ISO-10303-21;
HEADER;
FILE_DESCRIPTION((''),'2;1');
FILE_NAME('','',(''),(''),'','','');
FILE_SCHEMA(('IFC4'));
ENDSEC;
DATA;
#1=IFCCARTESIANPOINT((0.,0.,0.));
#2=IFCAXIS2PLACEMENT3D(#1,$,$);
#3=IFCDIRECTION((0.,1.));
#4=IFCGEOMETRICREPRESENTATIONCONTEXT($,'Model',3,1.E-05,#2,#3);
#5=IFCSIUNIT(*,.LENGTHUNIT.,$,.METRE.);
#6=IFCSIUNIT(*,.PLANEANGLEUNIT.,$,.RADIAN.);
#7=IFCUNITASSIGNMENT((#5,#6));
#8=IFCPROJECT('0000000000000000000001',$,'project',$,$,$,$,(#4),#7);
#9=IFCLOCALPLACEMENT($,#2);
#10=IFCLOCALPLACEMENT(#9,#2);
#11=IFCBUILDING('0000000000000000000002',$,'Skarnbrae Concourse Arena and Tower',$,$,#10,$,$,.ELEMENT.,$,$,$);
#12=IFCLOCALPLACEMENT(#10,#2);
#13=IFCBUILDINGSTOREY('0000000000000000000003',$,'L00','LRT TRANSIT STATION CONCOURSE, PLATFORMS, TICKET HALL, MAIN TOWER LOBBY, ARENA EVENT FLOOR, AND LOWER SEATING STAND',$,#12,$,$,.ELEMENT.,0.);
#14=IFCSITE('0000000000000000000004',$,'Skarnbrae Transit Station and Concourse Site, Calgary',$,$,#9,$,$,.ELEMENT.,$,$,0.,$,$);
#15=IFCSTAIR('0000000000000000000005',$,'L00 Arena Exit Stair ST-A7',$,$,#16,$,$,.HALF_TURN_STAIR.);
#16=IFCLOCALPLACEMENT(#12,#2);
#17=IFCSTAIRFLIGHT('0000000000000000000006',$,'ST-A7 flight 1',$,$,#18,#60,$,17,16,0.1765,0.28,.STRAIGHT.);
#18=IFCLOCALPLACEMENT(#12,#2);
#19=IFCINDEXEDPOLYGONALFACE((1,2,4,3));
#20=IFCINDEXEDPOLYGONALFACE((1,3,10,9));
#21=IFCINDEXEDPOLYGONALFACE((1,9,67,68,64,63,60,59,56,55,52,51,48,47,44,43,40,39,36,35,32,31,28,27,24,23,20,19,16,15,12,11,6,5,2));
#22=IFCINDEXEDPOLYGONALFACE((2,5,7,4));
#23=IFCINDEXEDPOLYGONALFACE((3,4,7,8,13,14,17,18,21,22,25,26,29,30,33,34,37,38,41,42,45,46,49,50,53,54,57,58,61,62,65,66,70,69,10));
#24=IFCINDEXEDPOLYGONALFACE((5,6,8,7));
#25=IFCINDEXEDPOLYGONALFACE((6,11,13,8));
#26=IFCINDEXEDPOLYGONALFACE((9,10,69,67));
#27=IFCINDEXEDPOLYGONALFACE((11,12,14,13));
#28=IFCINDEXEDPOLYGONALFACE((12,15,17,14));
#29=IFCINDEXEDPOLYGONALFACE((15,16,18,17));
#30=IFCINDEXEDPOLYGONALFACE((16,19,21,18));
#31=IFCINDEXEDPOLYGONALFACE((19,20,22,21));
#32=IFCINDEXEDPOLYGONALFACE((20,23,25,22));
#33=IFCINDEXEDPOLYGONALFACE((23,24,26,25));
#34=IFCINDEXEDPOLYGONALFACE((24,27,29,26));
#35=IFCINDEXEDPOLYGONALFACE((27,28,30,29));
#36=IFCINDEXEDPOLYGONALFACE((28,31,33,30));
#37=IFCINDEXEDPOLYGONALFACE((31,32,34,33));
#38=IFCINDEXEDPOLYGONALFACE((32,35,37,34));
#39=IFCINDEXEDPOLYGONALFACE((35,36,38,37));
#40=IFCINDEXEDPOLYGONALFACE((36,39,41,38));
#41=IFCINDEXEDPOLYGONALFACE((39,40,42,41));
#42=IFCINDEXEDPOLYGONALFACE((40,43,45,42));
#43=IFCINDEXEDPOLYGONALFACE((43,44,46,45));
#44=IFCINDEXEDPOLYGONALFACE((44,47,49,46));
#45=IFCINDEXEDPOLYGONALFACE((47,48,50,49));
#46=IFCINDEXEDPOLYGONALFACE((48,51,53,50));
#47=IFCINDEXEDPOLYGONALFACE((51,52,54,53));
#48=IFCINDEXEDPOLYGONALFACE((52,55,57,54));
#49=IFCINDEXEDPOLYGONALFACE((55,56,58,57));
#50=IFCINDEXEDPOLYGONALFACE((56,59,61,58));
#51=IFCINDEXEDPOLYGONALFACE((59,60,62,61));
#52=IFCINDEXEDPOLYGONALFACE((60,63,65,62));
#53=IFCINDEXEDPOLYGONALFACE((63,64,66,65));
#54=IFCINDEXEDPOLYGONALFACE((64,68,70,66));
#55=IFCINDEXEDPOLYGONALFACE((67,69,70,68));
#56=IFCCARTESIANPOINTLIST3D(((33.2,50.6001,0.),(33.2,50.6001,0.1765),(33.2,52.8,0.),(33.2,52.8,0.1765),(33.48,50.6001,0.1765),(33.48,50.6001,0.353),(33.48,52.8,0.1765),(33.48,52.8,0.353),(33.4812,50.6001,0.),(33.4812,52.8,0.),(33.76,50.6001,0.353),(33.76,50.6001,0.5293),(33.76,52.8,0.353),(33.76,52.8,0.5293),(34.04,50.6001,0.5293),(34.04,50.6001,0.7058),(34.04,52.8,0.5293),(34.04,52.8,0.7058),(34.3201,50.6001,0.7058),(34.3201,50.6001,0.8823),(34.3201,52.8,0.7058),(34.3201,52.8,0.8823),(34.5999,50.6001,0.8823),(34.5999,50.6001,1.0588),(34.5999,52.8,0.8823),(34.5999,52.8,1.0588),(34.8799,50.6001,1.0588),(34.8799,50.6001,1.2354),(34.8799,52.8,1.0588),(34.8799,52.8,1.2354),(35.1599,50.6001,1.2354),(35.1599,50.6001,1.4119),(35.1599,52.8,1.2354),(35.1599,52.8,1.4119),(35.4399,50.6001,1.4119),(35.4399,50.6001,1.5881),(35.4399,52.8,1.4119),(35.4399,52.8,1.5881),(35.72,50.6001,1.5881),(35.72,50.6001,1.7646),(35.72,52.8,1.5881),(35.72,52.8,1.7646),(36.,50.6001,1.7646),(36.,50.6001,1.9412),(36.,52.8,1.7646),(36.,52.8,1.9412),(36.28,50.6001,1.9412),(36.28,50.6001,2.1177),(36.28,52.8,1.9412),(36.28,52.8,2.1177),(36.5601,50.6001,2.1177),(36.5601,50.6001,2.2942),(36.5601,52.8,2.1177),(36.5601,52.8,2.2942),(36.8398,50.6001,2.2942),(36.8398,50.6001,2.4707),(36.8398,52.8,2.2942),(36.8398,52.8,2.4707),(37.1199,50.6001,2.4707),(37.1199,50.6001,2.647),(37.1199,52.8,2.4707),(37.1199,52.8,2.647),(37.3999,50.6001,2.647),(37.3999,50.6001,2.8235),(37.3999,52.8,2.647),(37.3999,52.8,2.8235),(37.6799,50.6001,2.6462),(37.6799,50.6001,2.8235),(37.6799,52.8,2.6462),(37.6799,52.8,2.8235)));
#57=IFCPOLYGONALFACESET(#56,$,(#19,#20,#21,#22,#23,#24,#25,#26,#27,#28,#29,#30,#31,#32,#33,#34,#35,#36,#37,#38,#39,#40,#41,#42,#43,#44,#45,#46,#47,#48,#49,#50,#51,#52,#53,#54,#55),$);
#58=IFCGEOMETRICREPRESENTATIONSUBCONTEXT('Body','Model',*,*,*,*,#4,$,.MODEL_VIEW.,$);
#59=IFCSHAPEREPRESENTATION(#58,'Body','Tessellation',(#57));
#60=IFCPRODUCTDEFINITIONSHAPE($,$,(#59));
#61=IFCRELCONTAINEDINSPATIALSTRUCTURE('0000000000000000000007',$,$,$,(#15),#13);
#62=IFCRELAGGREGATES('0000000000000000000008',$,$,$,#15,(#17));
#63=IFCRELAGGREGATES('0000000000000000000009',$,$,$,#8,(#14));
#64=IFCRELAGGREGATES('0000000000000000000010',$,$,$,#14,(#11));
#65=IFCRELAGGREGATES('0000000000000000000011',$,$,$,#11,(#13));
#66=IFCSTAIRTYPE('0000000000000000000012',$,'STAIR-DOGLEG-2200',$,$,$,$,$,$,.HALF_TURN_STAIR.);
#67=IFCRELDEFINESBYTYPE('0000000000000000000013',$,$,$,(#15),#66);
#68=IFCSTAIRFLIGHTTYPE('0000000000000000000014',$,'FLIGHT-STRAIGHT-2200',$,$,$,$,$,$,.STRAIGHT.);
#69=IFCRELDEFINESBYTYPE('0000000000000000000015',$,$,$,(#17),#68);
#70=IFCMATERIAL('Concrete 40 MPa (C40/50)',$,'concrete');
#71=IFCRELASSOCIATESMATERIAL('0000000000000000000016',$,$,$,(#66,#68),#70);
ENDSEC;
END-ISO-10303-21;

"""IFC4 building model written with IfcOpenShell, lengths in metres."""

from ifc_helpers import new_model, si_unit, direction, frame, origin, place, context, subcontext, project, spatial, polyline, outline, extrude, source, transform, mapped, material, type_object, element, aggregate, save


model = new_model("IFC4")

# Units and contexts
model_context = context("Model", 3, precision=1e-05, world=origin(), true_north=direction((0.0, 1.0)))
body_context = subcontext(model_context, "Body", "Model", "MODEL_VIEW")
ifc_project = project(units=[si_unit("LENGTHUNIT", "METRE"), si_unit("PLANEANGLEUNIT", "RADIAN")], contexts=[model_context])

# Site, building, storey
site_placement = place(None, origin())
site = spatial("IfcSite", under=ifc_project, at=site_placement, Name="Skarnbrae Transit Station and Concourse Site, Calgary", CompositionType="ELEMENT", RefElevation=0.0)
building_placement = place(site_placement, origin())
building = spatial("IfcBuilding", under=site, at=building_placement, Name="Skarnbrae Concourse Arena and Tower", CompositionType="ELEMENT")
storey_placement = place(building_placement, origin())
storey = spatial("IfcBuildingStorey", under=building, at=storey_placement, Name="L00", Description="LRT TRANSIT STATION CONCOURSE, PLATFORMS, TICKET HALL, MAIN TOWER LOBBY, ARENA EVENT FLOOR, AND LOWER SEATING STAND", CompositionType="ELEMENT", Elevation=0.0)

# Shared definitions
ifc_material_1 = material(Name="Concrete 40 MPa (C40/50)", Category="concrete")
stair_type = type_object("IfcStairType", Name="STAIR-DOGLEG-2200", PredefinedType="HALF_TURN_STAIR", material=ifc_material_1)
stair_flight_type = type_object("IfcStairFlightType", Name="FLIGHT-STRAIGHT-2200", PredefinedType="STRAIGHT", material=ifc_material_1)
shared_shape_1 = source(origin(), body_context, "Body", "SweptSolid", [
    extrude(outline(polyline([(0.0, 0.0), (0.0, 0.1765), (0.28, 0.1765), (0.28, 0.353), (0.5601, 0.353), (0.5601, 0.5293), (0.8401, 0.5293), (0.8401, 0.7058), (1.1201, 0.7058), (1.1201, 0.8823), (1.3999, 0.8823), (1.3999, 1.0588), (1.6799, 1.0588), (1.6799, 1.2354), (1.96, 1.2354), (1.96, 1.4119), (2.24, 1.4119), (2.24, 1.5881), (2.52, 1.5881), (2.52, 1.7646), (2.8, 1.7646), (2.8, 1.9412), (3.0801, 1.9412), (3.0801, 2.1177), (3.3601, 2.1177), (3.3601, 2.2942), (3.6399, 2.2942), (3.6399, 2.4707), (3.9199, 2.4707), (3.9199, 2.647), (4.2, 2.647), (4.2, 2.8235), (4.48, 2.8235), (4.48, 3.0), (4.48, 2.6462), (0.2812, 0.0), (0.0, 0.0)])), frame((0.0, 1.1001, 0.0), z_axis=(0.0, -1.0, 0.0), x_axis=(1.0, 0.0, 0.0)), (0.0, 0.0, 1.0), 2.2),
])

# Stair, stair flight
stair_1_placement = place(storey_placement, origin())
stair_1 = element("IfcStair", 1, at=stair_1_placement, inside=storey, type_object=stair_type, Name="L00 Arena Exit Stair ST-A7", PredefinedType="HALF_TURN_STAIR")
stair_flight_1_placement = place(storey_placement, frame((33.2, 51.7, 0.0), z_axis=(0.0, 0.0, 1.0), x_axis=(1.0, 0.0, 0.0)))
stair_flight_1 = element("IfcStairFlight", 2, at=stair_flight_1_placement, type_object=stair_flight_type, Name="ST-A7 flight 1", NumberOfRisers=17, NumberOfTreads=16, PredefinedType="STRAIGHT", RiserHeight=0.1765, TreadLength=0.28, context=body_context, shape_type="MappedRepresentation", body=[
    mapped(shared_shape_1, transform((0.0, 0.0, 0.0))),
])
aggregate(stair_1, [stair_flight_1])

save(model, "model.ifc")
